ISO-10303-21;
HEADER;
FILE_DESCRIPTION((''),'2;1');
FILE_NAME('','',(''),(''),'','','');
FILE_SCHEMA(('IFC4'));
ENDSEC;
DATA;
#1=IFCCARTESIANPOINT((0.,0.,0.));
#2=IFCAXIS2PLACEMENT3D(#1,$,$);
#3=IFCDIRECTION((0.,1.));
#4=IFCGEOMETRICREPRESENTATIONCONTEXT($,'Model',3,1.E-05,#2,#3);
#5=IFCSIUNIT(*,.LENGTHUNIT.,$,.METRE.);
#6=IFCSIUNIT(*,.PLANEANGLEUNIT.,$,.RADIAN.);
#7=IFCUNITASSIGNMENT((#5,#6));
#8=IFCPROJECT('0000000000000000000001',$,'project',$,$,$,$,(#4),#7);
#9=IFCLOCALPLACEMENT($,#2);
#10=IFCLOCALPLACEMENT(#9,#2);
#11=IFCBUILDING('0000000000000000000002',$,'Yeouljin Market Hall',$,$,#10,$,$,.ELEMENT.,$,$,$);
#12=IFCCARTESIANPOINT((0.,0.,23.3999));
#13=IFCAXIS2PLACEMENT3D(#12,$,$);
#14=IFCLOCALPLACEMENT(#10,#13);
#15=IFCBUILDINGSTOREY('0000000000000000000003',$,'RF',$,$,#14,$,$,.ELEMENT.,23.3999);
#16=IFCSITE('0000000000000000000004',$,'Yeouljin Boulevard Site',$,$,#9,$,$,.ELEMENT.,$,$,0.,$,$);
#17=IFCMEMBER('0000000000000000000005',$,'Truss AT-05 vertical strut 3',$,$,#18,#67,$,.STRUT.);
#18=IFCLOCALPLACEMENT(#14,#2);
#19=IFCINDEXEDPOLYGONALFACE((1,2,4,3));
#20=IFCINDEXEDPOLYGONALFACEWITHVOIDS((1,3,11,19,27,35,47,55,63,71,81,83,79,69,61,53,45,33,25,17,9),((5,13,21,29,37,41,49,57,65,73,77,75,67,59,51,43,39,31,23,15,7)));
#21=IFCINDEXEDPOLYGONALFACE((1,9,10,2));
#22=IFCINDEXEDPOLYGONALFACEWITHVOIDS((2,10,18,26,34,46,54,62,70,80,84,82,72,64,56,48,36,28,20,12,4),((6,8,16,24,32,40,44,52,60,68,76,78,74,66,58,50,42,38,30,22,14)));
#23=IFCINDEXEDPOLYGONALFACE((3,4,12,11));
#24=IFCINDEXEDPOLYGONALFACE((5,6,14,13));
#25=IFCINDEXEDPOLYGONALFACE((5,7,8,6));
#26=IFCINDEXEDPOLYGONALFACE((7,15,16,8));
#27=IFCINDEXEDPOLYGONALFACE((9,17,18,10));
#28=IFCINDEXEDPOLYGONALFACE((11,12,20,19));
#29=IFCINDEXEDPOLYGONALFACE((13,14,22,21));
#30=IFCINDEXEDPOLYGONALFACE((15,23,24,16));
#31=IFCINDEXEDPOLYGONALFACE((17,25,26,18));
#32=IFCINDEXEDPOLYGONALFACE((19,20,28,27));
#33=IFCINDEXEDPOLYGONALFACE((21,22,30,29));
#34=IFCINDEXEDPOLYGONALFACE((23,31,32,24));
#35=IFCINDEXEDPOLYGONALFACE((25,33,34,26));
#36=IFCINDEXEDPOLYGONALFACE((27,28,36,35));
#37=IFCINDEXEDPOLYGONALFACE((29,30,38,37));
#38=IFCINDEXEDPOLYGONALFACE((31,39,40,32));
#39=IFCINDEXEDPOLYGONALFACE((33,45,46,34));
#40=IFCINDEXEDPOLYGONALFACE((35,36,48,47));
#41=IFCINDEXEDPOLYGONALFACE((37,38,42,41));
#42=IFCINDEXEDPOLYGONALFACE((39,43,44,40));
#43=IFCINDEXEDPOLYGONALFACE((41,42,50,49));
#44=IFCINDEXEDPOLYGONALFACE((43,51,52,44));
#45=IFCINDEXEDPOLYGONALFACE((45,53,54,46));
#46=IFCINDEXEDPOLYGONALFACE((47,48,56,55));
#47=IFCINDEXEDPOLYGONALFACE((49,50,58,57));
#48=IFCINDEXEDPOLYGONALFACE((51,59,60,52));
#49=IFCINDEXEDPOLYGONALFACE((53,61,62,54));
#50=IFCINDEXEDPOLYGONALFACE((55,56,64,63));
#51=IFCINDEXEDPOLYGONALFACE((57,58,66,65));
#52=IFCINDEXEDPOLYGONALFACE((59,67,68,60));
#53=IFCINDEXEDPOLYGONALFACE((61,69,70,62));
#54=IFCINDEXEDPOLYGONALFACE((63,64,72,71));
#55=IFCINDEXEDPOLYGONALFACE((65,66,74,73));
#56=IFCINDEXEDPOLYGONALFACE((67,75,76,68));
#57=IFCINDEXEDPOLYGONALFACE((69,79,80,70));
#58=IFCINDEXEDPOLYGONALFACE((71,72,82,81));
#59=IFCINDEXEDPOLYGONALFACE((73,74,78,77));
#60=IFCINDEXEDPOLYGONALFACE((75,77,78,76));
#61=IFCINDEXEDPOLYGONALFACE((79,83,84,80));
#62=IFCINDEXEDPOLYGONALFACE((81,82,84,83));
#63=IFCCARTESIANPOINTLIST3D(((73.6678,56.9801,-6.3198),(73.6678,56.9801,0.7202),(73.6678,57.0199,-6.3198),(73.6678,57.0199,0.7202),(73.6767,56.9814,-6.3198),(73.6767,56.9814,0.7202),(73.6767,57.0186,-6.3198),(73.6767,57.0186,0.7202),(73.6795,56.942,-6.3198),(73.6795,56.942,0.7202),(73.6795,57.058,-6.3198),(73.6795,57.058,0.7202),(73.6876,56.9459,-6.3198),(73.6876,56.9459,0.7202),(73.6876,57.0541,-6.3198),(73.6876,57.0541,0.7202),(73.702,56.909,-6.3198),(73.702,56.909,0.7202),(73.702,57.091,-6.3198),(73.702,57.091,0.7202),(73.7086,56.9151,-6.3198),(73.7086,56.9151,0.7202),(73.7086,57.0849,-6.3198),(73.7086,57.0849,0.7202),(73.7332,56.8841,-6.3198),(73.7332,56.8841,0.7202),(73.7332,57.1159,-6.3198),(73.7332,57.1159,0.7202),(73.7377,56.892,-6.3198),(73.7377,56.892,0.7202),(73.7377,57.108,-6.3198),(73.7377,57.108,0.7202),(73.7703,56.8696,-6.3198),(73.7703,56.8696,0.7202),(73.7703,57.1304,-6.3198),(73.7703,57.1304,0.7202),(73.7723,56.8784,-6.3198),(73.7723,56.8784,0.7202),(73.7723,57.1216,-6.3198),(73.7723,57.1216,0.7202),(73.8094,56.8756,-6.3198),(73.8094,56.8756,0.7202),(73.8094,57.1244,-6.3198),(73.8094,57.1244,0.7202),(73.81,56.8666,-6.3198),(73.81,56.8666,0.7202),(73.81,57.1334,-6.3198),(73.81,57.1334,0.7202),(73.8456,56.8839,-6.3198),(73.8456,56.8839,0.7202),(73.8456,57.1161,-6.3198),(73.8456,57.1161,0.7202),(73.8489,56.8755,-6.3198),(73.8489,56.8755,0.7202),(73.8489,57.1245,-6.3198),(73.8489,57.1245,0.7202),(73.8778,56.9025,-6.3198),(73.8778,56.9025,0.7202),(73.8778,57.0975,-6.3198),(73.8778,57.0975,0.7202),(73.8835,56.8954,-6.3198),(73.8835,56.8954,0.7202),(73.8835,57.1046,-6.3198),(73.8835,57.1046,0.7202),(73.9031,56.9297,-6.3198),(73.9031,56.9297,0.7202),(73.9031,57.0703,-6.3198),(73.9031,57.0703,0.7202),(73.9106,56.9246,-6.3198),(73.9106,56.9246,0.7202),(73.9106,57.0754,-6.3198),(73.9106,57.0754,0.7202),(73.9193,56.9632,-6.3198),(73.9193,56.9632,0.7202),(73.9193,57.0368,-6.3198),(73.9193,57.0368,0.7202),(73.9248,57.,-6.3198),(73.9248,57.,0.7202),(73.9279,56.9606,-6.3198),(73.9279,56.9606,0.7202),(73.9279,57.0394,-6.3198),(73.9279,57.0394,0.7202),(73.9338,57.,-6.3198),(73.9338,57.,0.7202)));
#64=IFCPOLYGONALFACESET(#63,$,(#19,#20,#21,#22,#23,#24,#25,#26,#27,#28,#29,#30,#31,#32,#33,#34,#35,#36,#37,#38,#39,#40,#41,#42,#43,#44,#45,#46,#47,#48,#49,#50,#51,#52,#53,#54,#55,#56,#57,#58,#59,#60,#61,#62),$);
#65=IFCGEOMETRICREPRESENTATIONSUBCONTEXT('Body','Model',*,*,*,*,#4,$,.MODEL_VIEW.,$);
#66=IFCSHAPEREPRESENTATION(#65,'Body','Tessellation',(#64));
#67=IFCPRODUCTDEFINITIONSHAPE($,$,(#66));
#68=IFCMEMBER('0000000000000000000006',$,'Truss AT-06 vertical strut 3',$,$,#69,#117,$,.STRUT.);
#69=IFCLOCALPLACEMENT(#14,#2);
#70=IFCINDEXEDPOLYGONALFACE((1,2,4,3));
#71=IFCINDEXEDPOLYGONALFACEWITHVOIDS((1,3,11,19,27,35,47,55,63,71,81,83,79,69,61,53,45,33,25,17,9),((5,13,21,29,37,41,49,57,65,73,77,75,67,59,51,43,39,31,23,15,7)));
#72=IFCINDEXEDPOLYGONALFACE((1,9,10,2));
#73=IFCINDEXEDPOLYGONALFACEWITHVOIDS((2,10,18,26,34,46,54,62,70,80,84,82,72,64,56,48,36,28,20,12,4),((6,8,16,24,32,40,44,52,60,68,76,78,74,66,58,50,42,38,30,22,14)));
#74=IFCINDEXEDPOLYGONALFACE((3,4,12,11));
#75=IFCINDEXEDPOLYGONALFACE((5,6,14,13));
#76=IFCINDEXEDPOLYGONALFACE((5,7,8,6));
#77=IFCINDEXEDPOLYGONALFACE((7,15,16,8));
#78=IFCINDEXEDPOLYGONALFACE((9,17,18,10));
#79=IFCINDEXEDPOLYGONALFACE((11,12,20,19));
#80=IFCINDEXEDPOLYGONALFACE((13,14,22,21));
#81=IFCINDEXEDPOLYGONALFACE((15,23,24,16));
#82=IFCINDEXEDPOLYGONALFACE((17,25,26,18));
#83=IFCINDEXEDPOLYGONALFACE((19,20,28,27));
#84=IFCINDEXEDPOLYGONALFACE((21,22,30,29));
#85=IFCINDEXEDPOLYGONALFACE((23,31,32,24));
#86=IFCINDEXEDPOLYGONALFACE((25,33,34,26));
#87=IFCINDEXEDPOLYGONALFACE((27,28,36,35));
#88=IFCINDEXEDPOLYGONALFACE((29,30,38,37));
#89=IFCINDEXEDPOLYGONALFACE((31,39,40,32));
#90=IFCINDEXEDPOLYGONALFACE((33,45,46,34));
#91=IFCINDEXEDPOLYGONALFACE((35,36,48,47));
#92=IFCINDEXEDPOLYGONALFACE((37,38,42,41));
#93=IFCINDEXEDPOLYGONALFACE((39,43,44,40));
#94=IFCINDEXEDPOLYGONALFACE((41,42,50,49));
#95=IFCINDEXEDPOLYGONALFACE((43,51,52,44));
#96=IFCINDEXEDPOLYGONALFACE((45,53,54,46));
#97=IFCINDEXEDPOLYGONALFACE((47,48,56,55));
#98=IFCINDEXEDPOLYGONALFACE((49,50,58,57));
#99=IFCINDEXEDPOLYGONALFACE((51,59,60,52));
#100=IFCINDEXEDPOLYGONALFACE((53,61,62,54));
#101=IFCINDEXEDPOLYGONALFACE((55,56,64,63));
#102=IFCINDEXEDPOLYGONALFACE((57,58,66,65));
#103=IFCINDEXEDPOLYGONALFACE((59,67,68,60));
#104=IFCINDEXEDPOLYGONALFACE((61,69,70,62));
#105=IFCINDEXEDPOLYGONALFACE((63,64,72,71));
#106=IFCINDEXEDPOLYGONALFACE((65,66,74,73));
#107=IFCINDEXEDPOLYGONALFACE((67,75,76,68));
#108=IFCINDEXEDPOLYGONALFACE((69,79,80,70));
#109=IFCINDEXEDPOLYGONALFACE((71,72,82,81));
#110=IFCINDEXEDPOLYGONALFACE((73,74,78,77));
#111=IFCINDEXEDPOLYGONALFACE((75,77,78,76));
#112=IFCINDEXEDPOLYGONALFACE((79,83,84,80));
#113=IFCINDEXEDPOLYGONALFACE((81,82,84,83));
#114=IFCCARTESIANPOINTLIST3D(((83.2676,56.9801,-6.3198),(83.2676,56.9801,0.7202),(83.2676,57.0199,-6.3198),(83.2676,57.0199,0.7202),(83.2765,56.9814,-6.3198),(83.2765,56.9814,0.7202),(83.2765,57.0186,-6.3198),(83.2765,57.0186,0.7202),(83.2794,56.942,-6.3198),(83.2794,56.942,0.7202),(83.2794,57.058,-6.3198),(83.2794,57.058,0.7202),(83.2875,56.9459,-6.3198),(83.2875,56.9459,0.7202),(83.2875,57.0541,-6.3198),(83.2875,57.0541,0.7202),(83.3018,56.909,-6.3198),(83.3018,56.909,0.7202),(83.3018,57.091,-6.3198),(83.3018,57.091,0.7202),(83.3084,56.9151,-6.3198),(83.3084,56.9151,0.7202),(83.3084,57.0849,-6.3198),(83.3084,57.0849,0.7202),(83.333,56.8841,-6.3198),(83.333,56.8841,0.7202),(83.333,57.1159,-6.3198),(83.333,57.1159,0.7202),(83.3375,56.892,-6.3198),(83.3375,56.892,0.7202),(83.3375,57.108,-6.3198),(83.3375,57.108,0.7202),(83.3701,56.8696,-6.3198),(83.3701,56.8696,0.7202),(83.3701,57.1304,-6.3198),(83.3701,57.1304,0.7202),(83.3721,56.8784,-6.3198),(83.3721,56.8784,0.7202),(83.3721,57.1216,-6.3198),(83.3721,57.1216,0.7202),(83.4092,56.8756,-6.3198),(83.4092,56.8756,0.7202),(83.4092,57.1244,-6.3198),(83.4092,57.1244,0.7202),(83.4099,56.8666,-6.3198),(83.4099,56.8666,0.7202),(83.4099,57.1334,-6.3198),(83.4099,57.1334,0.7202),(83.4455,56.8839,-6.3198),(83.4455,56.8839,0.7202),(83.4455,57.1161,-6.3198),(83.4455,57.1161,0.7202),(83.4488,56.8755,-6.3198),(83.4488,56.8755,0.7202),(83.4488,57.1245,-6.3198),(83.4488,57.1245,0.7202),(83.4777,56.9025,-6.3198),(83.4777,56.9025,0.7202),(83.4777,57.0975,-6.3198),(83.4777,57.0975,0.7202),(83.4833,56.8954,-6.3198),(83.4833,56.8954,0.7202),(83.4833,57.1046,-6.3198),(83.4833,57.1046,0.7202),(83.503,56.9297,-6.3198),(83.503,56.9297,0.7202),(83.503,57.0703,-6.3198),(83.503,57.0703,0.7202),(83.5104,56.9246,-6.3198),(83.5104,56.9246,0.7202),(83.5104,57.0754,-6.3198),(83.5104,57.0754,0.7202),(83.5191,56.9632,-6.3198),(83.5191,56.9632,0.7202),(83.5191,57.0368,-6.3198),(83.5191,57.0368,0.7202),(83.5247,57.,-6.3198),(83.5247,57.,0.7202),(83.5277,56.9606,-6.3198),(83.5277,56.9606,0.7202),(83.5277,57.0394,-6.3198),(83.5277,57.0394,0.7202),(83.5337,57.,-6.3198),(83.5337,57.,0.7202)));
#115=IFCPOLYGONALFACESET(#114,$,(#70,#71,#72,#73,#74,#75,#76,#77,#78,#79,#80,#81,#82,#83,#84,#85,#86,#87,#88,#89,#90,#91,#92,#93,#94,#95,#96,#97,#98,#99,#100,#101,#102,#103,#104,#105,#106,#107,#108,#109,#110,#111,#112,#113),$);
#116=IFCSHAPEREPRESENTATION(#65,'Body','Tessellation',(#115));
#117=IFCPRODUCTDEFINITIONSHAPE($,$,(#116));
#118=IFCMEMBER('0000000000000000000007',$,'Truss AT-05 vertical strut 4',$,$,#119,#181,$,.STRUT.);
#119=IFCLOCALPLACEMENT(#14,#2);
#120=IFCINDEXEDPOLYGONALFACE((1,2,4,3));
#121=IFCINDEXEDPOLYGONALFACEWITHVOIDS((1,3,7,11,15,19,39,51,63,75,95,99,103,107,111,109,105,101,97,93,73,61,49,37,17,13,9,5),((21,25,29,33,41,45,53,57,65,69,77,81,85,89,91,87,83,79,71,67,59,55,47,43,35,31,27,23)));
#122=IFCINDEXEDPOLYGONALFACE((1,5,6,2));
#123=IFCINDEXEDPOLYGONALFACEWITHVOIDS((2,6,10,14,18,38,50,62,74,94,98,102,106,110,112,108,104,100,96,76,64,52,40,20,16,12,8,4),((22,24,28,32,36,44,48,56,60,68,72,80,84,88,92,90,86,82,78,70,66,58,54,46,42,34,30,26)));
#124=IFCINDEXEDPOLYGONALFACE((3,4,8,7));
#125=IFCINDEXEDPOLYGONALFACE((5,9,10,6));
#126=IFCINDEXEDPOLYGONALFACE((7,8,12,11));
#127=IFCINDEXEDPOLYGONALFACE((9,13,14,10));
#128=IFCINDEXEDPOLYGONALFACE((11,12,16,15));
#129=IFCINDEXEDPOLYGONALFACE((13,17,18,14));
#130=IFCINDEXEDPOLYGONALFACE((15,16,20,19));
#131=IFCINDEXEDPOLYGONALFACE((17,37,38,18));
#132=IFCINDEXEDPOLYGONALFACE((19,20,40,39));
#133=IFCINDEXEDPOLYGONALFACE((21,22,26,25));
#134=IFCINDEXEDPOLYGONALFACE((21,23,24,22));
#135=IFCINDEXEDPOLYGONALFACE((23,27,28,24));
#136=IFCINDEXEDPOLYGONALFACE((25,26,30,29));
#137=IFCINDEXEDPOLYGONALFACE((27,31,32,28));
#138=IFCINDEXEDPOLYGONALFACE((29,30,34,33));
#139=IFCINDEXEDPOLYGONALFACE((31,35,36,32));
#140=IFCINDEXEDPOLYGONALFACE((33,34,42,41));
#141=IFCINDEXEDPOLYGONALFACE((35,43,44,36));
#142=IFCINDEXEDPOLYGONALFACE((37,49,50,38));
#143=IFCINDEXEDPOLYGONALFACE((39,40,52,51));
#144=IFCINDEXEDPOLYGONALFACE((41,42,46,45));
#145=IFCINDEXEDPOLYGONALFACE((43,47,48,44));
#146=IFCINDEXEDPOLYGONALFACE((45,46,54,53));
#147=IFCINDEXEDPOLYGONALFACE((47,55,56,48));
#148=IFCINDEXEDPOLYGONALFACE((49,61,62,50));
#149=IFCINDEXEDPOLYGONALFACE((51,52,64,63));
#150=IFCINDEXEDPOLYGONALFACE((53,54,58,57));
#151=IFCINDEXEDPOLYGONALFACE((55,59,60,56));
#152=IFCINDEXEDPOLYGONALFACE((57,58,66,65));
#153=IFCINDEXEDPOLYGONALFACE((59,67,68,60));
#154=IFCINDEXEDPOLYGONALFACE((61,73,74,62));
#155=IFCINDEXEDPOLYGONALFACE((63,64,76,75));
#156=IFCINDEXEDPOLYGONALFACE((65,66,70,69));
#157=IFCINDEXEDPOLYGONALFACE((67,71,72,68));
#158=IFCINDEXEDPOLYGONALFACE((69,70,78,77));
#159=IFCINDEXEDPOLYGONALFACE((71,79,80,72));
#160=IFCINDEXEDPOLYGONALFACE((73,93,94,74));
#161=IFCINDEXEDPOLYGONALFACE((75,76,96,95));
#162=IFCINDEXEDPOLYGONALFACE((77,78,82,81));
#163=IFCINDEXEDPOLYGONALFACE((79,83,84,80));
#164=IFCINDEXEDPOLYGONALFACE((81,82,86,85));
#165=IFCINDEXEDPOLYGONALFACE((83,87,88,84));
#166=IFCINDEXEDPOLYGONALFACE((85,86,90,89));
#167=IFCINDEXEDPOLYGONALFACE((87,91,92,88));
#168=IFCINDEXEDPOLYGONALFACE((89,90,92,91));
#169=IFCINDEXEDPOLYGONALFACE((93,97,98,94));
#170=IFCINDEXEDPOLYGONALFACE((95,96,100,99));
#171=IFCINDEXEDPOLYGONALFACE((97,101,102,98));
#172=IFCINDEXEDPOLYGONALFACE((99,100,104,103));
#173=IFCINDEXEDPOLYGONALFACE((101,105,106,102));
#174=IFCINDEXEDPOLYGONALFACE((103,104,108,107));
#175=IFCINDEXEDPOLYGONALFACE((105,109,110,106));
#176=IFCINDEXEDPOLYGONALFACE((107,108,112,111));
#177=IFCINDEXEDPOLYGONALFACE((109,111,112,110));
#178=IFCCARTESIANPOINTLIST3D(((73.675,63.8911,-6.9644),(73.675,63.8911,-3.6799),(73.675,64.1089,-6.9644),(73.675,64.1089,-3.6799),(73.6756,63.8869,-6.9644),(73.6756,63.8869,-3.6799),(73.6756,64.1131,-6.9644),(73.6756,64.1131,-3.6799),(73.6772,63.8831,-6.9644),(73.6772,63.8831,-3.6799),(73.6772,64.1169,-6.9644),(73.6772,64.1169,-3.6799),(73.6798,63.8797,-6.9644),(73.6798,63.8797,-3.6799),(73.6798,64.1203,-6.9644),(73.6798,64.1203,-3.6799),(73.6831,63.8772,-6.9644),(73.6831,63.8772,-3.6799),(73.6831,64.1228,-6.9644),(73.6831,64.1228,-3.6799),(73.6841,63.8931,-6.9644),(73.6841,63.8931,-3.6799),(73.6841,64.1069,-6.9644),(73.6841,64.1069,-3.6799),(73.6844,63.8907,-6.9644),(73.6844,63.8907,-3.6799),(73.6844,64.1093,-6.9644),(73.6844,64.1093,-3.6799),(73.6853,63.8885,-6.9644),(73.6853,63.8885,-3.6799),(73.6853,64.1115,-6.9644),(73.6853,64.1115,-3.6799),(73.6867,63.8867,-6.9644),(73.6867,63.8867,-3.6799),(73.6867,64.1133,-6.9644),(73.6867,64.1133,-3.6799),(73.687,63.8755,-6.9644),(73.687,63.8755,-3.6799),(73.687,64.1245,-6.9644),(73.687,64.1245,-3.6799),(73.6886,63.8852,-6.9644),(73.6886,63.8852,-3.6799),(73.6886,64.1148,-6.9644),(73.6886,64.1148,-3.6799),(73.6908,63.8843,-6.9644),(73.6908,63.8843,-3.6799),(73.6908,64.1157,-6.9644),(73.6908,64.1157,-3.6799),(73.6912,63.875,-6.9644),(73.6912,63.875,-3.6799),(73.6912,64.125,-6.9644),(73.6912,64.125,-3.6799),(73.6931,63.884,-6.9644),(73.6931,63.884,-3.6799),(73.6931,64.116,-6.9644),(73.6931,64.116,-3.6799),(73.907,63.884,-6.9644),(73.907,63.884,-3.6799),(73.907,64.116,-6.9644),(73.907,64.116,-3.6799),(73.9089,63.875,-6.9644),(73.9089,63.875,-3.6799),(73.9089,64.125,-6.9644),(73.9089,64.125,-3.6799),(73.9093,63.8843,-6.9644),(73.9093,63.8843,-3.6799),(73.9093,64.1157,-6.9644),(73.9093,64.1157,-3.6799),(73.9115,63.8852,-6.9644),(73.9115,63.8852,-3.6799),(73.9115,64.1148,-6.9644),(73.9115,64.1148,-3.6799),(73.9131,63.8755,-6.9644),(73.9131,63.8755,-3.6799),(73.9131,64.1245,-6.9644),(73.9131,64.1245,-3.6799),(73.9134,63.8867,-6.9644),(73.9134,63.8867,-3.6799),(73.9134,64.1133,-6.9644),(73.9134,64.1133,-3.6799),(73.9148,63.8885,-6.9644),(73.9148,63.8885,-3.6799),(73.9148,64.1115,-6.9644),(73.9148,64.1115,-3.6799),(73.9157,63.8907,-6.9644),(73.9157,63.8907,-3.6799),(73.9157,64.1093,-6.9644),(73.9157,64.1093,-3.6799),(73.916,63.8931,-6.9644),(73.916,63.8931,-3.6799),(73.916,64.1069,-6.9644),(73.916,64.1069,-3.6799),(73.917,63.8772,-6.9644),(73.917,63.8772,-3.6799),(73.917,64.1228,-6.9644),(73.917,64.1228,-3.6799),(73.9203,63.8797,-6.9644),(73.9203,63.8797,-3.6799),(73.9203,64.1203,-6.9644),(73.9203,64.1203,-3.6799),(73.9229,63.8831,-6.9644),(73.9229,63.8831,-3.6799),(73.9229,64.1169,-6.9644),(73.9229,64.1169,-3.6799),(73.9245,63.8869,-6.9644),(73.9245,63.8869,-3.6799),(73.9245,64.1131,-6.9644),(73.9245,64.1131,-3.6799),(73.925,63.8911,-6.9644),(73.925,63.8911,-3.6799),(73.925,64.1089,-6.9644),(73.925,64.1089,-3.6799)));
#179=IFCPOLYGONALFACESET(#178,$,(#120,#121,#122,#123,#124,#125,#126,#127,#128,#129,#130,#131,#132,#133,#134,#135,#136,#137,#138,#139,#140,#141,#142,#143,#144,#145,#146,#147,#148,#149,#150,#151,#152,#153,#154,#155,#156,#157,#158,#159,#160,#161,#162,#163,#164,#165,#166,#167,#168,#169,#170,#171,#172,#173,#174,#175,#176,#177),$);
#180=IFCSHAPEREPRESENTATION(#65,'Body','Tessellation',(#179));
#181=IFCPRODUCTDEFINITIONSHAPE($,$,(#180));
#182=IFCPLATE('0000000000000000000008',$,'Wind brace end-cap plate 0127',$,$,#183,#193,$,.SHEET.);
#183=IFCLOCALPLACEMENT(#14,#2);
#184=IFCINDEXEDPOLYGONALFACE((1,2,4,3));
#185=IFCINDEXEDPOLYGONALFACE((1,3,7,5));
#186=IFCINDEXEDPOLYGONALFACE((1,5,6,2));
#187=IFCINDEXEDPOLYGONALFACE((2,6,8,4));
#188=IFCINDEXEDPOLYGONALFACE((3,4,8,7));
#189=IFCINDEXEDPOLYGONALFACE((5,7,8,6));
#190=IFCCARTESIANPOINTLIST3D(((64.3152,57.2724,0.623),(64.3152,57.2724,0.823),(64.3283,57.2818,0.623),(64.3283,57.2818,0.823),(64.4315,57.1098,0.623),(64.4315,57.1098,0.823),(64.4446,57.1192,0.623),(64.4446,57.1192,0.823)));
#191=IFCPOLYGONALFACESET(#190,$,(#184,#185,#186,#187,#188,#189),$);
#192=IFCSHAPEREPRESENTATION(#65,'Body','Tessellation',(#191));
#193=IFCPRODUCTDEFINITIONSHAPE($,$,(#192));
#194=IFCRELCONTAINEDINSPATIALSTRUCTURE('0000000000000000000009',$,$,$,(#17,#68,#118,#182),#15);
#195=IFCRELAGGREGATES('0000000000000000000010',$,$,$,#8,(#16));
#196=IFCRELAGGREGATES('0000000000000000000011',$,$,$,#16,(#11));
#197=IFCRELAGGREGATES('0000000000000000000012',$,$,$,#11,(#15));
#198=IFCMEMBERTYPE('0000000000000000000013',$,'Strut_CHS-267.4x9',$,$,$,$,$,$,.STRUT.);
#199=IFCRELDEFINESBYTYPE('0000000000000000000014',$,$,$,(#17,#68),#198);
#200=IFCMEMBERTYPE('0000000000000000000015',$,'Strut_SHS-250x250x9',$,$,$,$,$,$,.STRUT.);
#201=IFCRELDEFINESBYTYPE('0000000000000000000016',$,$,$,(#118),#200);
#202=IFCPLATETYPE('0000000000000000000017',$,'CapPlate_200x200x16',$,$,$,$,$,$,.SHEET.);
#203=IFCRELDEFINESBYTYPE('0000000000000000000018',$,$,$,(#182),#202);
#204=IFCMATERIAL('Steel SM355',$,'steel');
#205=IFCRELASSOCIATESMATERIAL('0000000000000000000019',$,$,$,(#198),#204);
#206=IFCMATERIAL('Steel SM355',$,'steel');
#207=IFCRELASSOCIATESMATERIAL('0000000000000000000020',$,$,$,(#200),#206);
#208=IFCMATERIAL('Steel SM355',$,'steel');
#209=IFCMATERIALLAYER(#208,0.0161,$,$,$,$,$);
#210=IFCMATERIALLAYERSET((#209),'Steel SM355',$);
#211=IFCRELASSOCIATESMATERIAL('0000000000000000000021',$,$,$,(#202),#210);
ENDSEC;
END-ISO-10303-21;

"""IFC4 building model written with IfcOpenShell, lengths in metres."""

from ifc_helpers import new_model, si_unit, direction, frame, origin, origin_2d, place, context, subcontext, project, spatial, rectangle, hollow_rectangle, hollow_circle, extrude, material, layer, layer_set, material_profile, profile_set, type_object, element, save


model = new_model("IFC4")

# Units and contexts
model_context = context("Model", 3, precision=1e-05, world=origin(), true_north=direction((0.0, 1.0)))
body_context = subcontext(model_context, "Body", "Model", "MODEL_VIEW")
ifc_project = project(units=[si_unit("LENGTHUNIT", "METRE"), si_unit("PLANEANGLEUNIT", "RADIAN")], contexts=[model_context])

# Site, building, storey
site_placement = place(None, origin())
site = spatial("IfcSite", under=ifc_project, at=site_placement, Name="Yeouljin Boulevard Site", CompositionType="ELEMENT", RefElevation=0.0)
building_placement = place(site_placement, origin())
building = spatial("IfcBuilding", under=site, at=building_placement, Name="Yeouljin Market Hall", CompositionType="ELEMENT")
storey_placement = place(building_placement, frame((0.0, 0.0, 23.3999)))
storey = spatial("IfcBuildingStorey", under=building, at=storey_placement, Name="RF", CompositionType="ELEMENT", Elevation=23.3999)

# Members
ifc_material_1 = material(Name="Steel SM355", Category="steel")
ifc_material_profile_1 = material_profile(ifc_material_1, hollow_circle(Radius=0.1338, WallThickness=0.009, at=origin_2d()), Name="CHS-267.4x9")
ifc_profile_set_1 = profile_set([ifc_material_profile_1], Name="Steel SM355")
member_type_1 = type_object("IfcMemberType", Name="Strut_CHS-267.4x9", PredefinedType="STRUT", material=ifc_profile_set_1)
for number, where, z_axis, x_axis, name in (
    (1, (73.8, 57.0, -6.3198), (0.0, 0.0, 1.0), (1.0, 0.0, 0.0), "Truss AT-05 vertical strut 3"),
    (2, (83.3999, 57.0, -6.3198), (0.0, 0.0, 1.0), (1.0, 0.0, 0.0), "Truss AT-06 vertical strut 3"),
):
    element("IfcMember", number, at=place(storey_placement, frame(where, z_axis=z_axis, x_axis=x_axis)), inside=storey, type_object=member_type_1, Name=name, PredefinedType="STRUT", context=body_context, shape_type="SweptSolid", body=[
        extrude(hollow_circle(Radius=0.1338, WallThickness=0.009, at=origin_2d()), origin(), (0.0, 0.0, 1.0), 7.04),
    ])
ifc_material_2 = material(Name="Steel SM355", Category="steel")
ifc_material_profile_2 = material_profile(ifc_material_2, hollow_rectangle(XDim=0.25, YDim=0.25, WallThickness=0.009, InnerFilletRadius=0.009, OuterFilletRadius=0.0161, at=origin_2d()), Name="SHS-250x250x9")
ifc_profile_set_2 = profile_set([ifc_material_profile_2], Name="Steel SM355")
member_type_2 = type_object("IfcMemberType", Name="Strut_SHS-250x250x9", PredefinedType="STRUT", material=ifc_profile_set_2)
member_1_placement = place(storey_placement, frame((73.8, 64.0, -6.9644), z_axis=(0.0, 0.0, 1.0), x_axis=(1.0, 0.0, 0.0)))
element("IfcMember", 3, at=member_1_placement, inside=storey, type_object=member_type_2, Name="Truss AT-05 vertical strut 4", PredefinedType="STRUT", context=body_context, shape_type="SweptSolid", body=[
    extrude(hollow_rectangle(XDim=0.25, YDim=0.25, WallThickness=0.009, InnerFilletRadius=0.009, OuterFilletRadius=0.0161, at=origin_2d()), origin(), (0.0, 0.0, 1.0), 3.2844),
])

# Plate
ifc_material_3 = material(Name="Steel SM355", Category="steel")
ifc_layer_1 = layer(ifc_material_3, 0.0161)
ifc_layer_set_1 = layer_set([ifc_layer_1], Name="Steel SM355")
plate_type_1 = type_object("IfcPlateType", Name="CapPlate_200x200x16", PredefinedType="SHEET", material=ifc_layer_set_1)
for number, where, z_axis, x_axis, name in (
    (4, (64.3799, 57.1958, 0.623), (0.0, 0.0, 1.0), (-0.581697, 0.813405, 0.0), "Wind brace end-cap plate 0127"),
):
    element("IfcPlate", number, at=place(storey_placement, frame(where, z_axis=z_axis, x_axis=x_axis)), inside=storey, type_object=plate_type_1, Name=name, PredefinedType="SHEET", context=body_context, shape_type="SweptSolid", body=[
        extrude(rectangle(XDim=0.2, YDim=0.0161, at=origin_2d()), origin(), (0.0, 0.0, 1.0), 0.2),
    ])

save(model, "model.ifc")
